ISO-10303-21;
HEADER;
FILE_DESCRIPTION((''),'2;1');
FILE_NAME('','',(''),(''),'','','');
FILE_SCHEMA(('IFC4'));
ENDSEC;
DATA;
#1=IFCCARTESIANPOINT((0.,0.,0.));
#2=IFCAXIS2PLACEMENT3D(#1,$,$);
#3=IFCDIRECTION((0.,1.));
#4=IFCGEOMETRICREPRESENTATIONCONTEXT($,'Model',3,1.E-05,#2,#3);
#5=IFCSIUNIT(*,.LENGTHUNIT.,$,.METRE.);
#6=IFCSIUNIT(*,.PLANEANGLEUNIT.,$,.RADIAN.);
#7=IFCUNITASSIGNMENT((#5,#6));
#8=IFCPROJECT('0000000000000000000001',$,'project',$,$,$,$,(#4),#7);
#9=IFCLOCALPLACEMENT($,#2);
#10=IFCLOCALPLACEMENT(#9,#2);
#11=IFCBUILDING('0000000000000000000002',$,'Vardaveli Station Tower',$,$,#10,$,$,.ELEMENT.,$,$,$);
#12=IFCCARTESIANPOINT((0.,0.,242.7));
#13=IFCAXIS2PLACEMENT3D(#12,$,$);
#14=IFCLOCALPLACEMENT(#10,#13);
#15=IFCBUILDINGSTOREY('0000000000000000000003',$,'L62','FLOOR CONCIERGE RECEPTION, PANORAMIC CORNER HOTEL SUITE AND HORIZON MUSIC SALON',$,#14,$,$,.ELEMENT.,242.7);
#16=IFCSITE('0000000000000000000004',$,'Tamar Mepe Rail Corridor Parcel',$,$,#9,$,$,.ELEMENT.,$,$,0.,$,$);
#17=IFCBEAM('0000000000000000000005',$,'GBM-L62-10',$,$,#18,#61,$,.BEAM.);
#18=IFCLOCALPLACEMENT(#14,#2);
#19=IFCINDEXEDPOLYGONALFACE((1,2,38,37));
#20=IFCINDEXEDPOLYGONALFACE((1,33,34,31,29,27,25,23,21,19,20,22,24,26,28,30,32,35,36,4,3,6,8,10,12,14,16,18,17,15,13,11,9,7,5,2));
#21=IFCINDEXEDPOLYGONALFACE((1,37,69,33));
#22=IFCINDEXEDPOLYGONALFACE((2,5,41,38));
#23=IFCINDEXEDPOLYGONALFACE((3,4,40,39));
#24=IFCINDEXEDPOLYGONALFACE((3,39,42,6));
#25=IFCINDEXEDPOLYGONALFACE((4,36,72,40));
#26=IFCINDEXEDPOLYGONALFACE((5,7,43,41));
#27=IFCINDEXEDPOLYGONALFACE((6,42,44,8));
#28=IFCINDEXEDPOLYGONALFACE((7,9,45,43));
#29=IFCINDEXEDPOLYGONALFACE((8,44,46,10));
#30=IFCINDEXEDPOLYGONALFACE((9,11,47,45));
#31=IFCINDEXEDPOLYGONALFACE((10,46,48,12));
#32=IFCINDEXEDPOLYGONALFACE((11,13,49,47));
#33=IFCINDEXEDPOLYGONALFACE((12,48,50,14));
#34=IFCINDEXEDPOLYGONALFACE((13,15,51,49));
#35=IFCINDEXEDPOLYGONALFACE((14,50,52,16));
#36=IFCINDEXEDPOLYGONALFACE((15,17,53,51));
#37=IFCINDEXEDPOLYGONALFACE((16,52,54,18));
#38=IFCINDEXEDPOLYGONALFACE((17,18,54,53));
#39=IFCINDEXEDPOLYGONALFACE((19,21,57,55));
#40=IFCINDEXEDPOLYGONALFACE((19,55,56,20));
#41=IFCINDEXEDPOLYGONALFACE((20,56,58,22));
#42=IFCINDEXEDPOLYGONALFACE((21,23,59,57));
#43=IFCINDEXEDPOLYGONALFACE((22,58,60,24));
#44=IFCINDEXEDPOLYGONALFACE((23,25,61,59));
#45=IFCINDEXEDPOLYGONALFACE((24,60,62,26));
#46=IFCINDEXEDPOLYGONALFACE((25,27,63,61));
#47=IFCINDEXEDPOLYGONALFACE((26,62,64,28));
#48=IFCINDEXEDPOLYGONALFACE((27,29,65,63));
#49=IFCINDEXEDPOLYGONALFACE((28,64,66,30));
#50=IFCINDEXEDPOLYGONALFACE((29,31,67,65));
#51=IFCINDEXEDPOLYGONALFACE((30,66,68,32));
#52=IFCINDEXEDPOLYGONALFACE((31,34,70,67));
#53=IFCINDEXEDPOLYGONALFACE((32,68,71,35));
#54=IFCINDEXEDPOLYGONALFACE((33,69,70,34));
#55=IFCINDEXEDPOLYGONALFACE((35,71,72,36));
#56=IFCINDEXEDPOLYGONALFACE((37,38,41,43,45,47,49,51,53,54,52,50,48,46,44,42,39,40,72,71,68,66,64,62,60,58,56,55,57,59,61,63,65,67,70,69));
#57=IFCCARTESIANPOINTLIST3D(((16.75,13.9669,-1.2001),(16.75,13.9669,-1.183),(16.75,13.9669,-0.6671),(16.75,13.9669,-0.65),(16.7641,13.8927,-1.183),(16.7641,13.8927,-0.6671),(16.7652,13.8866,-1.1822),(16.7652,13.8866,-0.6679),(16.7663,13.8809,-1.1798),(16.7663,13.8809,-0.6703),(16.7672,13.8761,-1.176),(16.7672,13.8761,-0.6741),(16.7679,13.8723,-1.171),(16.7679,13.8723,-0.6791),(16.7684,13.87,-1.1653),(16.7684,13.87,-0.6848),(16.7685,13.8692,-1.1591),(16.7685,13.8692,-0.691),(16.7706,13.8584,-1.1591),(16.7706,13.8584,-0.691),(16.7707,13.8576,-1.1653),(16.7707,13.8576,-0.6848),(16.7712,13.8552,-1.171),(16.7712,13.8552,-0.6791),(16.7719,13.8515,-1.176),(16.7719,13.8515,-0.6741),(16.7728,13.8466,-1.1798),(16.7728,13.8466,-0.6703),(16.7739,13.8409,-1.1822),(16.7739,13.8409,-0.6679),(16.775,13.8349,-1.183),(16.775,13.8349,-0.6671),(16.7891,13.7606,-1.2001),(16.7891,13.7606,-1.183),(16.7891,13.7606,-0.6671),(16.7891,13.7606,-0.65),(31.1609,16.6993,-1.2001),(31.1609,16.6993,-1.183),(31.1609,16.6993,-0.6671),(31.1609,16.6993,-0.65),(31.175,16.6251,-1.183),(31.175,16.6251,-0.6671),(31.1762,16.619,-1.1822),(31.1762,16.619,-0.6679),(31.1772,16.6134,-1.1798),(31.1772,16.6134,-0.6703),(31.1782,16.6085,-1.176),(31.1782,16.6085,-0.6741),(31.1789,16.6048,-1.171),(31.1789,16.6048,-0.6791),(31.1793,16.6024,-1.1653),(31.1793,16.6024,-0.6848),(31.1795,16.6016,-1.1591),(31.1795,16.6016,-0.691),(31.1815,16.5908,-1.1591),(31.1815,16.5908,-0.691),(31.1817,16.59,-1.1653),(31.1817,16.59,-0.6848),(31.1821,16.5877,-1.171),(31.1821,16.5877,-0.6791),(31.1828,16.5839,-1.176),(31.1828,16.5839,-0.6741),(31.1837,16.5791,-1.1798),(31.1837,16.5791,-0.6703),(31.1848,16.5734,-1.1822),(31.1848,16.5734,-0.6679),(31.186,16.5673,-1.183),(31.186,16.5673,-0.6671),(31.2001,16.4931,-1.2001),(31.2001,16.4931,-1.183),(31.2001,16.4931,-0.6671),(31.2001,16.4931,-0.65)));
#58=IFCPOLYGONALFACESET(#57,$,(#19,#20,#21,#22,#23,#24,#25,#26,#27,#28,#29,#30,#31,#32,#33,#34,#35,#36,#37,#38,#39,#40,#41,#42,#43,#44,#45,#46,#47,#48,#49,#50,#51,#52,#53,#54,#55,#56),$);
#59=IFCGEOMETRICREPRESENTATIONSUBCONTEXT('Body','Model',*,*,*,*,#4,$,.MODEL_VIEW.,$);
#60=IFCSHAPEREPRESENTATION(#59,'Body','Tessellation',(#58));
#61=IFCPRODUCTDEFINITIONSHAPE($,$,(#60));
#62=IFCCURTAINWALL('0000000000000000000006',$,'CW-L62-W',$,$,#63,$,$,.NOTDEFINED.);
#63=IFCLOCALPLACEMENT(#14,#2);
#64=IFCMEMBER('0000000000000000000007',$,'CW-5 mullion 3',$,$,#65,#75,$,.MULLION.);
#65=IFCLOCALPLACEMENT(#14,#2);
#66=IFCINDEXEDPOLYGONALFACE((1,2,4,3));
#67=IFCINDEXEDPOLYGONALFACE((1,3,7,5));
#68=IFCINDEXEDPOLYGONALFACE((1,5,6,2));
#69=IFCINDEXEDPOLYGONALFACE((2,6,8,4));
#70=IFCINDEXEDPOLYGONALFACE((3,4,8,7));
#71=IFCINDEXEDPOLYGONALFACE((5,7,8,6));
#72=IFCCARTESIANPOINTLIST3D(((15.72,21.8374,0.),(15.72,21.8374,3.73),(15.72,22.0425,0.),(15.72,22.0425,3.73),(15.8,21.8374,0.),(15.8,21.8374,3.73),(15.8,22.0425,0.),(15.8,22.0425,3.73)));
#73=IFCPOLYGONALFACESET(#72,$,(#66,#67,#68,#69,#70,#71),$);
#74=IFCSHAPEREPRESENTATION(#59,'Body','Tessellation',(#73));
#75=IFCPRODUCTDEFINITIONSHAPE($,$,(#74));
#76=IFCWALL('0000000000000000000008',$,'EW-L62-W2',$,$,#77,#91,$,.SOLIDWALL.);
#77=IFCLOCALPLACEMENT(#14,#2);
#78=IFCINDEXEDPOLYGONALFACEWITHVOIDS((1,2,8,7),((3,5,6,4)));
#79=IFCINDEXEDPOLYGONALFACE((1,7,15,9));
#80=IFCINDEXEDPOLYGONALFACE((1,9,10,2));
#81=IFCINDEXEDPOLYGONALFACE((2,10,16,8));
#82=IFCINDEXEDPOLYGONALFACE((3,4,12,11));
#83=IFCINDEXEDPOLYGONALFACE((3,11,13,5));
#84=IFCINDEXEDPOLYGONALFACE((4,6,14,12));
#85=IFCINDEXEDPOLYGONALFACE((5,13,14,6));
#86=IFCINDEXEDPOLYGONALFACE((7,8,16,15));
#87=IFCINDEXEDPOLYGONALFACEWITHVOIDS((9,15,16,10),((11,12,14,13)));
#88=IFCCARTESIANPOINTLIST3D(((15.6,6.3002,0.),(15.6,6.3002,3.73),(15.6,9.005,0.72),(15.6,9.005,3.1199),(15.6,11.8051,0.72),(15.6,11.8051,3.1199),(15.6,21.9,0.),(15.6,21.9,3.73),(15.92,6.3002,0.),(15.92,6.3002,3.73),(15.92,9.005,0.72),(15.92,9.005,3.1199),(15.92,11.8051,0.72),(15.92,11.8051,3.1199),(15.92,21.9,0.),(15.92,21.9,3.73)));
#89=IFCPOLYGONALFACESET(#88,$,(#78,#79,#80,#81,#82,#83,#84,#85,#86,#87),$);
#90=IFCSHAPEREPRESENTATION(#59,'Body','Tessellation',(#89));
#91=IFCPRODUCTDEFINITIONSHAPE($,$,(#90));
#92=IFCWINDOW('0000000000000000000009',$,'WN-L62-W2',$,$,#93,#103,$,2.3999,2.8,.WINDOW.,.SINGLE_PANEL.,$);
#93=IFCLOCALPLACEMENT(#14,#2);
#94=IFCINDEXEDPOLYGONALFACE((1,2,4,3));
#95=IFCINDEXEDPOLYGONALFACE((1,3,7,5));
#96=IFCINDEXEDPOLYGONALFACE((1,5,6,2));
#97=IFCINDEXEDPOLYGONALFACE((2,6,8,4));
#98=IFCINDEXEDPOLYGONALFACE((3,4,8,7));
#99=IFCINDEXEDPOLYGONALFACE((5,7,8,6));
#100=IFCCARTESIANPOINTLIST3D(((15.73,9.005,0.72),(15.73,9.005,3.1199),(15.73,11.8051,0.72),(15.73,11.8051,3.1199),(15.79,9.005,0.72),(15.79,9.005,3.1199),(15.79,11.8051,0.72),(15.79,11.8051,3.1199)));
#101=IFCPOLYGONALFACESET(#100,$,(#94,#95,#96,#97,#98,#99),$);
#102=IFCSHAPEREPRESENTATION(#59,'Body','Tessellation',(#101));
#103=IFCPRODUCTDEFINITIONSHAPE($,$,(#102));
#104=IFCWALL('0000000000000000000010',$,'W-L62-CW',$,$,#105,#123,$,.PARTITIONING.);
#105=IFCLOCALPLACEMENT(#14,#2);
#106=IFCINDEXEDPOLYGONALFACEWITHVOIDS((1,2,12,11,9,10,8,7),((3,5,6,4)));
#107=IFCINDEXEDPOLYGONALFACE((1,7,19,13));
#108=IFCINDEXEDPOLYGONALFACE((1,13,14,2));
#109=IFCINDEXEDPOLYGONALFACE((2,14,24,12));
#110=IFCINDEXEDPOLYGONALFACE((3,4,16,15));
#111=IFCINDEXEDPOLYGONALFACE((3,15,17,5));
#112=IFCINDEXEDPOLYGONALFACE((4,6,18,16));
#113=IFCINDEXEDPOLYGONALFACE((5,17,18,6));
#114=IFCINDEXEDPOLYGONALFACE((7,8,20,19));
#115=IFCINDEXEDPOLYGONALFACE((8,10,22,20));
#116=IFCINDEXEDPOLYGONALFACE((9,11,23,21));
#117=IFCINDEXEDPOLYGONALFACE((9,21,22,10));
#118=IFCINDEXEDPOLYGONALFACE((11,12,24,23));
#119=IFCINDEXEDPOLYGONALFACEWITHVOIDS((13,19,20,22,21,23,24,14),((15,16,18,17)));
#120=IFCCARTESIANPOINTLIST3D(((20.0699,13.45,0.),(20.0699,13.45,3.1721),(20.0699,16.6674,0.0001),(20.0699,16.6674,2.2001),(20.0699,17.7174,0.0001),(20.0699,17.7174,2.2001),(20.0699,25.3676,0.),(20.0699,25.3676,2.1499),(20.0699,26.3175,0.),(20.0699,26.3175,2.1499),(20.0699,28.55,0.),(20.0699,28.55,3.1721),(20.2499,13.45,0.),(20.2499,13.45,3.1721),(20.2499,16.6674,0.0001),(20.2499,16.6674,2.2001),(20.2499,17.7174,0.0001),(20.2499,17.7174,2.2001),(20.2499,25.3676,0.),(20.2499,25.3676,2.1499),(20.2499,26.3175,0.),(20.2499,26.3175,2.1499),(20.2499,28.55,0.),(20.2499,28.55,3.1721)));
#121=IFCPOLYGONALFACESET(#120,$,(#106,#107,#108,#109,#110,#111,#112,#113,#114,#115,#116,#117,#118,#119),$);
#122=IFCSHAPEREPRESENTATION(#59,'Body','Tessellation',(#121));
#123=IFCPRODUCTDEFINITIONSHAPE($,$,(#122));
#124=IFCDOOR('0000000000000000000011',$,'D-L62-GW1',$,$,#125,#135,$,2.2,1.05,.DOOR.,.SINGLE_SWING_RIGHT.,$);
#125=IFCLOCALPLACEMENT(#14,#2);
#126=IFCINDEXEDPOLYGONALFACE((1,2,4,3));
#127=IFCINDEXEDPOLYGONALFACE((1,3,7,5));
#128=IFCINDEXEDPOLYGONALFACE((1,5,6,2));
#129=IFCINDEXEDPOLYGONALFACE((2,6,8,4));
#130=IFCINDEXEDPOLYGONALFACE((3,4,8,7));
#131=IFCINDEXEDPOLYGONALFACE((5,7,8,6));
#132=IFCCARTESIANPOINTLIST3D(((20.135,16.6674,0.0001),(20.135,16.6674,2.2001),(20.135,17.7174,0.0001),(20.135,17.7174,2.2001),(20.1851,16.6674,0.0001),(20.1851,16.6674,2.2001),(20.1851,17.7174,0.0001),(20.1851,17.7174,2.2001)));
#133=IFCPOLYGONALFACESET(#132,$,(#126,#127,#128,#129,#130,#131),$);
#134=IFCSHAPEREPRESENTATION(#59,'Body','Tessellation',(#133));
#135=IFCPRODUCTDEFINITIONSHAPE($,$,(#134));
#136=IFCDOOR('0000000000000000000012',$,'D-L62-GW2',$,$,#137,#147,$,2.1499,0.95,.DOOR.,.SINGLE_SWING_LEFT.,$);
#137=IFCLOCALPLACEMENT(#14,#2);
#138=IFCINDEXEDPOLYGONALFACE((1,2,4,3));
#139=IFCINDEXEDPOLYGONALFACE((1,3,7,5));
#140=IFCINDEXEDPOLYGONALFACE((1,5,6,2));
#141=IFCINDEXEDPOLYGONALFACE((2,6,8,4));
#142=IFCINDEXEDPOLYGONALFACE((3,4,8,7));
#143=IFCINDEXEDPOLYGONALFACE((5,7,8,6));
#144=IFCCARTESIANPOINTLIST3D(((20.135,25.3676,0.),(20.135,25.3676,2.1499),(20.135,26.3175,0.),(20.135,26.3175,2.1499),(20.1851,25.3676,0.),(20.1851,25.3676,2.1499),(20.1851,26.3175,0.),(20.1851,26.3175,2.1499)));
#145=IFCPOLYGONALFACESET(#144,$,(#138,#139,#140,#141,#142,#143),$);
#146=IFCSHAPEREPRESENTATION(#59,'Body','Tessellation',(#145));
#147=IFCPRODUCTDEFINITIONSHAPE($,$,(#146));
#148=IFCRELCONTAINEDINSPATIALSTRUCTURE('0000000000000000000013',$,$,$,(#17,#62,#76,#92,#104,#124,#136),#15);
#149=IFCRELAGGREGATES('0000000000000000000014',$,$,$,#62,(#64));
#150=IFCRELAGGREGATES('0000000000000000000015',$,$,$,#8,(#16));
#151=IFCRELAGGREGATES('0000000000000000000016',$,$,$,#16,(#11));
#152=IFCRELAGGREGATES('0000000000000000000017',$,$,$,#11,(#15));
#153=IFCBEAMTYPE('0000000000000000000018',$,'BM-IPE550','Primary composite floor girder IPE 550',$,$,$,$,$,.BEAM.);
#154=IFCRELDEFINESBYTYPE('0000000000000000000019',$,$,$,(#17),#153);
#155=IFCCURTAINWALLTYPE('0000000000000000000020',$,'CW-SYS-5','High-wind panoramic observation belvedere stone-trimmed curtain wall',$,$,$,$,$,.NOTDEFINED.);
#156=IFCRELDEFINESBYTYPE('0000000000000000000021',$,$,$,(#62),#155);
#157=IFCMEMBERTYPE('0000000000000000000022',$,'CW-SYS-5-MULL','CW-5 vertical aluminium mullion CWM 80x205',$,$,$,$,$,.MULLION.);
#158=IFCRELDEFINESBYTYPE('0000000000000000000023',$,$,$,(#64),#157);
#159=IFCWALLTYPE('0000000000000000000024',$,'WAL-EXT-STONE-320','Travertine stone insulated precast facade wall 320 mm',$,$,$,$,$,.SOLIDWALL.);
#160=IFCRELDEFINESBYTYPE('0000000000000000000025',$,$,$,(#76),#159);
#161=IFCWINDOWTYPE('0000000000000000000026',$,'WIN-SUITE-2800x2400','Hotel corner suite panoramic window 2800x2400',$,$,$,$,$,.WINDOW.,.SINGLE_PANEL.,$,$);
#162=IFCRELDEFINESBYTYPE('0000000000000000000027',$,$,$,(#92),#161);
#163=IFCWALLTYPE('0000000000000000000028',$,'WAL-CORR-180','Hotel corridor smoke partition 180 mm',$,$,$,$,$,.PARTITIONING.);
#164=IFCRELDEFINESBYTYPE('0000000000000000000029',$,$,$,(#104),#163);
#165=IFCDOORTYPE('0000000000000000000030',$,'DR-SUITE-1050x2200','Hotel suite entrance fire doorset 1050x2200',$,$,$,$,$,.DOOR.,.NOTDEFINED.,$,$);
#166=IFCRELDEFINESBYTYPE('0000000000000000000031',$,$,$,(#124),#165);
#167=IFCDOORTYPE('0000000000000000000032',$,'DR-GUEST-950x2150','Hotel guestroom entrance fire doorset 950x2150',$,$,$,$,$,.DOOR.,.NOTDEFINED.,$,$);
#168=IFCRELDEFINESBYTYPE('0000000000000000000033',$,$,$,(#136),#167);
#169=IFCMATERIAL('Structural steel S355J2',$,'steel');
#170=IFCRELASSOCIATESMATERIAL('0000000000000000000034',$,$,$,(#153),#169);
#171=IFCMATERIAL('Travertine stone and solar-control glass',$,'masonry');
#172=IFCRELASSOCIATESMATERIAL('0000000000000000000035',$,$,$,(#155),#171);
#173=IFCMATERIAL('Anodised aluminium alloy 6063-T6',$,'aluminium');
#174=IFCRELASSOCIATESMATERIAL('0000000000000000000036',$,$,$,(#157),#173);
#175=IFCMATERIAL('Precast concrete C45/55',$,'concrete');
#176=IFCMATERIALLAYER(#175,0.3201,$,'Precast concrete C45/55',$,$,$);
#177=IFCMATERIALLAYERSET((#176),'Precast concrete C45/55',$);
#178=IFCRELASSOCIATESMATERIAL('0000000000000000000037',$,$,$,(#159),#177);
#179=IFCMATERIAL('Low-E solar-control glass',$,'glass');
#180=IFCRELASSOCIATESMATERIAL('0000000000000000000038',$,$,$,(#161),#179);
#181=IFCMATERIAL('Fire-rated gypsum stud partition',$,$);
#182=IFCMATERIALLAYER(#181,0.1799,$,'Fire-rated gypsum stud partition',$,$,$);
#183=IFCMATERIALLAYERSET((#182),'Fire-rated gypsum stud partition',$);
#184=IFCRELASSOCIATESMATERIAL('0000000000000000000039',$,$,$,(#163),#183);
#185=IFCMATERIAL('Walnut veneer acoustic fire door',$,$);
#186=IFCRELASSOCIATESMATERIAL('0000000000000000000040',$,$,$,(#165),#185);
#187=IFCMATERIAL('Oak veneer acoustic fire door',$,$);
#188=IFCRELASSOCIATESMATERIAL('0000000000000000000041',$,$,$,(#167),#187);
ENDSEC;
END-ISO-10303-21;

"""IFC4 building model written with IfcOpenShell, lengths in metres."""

from ifc_helpers import new_model, si_unit, direction, frame, frame_2d, origin, origin_2d, place, context, subcontext, project, spatial, rectangle, i_section, extrude, source, transform, mapped, material, layer, layer_set, material_profile, profile_set, type_object, element, fill, aggregate, save


model = new_model("IFC4")

# Units and contexts
model_context = context("Model", 3, precision=1e-05, world=origin(), true_north=direction((0.0, 1.0)))
body_context = subcontext(model_context, "Body", "Model", "MODEL_VIEW")
ifc_project = project(units=[si_unit("LENGTHUNIT", "METRE"), si_unit("PLANEANGLEUNIT", "RADIAN")], contexts=[model_context])

# Site, building, storey
site_placement = place(None, origin())
site = spatial("IfcSite", under=ifc_project, at=site_placement, Name="Tamar Mepe Rail Corridor Parcel", CompositionType="ELEMENT", RefElevation=0.0)
building_placement = place(site_placement, origin())
building = spatial("IfcBuilding", under=site, at=building_placement, Name="Vardaveli Station Tower", CompositionType="ELEMENT")
storey_placement = place(building_placement, frame((0.0, 0.0, 242.7)))
storey = spatial("IfcBuildingStorey", under=building, at=storey_placement, Name="L62", Description="FLOOR CONCIERGE RECEPTION, PANORAMIC CORNER HOTEL SUITE AND HORIZON MUSIC SALON", CompositionType="ELEMENT", Elevation=242.7)

# Beam
ifc_material_1 = material(Name="Structural steel S355J2", Category="steel")
ifc_material_profile_1 = material_profile(ifc_material_1, i_section(OverallWidth=0.21, OverallDepth=0.55, WebThickness=0.011, FlangeThickness=0.0171, FilletRadius=0.0239, at=origin_2d()), Name="IPE 550")
ifc_profile_set_1 = profile_set([ifc_material_profile_1], Name="Structural steel S355J2")
beam_type_1 = type_object("IfcBeamType", Name="BM-IPE550", Description="Primary composite floor girder IPE 550", PredefinedType="BEAM", material=ifc_profile_set_1)
shared_shape_1 = source(origin(), body_context, "Body", "SweptSolid", [
    extrude(i_section(OverallWidth=0.21, OverallDepth=0.55, WebThickness=0.011, FlangeThickness=0.0171, FilletRadius=0.0239, at=origin_2d()), origin(), (0.0, 0.0, 1.0), 14.6677),
])
beam_1_placement = place(storey_placement, frame((16.7695, 13.8638, -0.925), z_axis=(0.982495, 0.186289, 0.0), x_axis=(-0.186289, 0.982495, 0.0)))
element("IfcBeam", 1, at=beam_1_placement, inside=storey, type_object=beam_type_1, Name="GBM-L62-10", PredefinedType="BEAM", context=body_context, shape_type="MappedRepresentation", body=[
    mapped(shared_shape_1, transform((0.0, 0.0, 0.0), scale=1.0)),
])

# Curtain wall, member
ifc_material_2 = material(Name="Travertine stone and solar-control glass", Category="masonry")
curtain_wall_type = type_object("IfcCurtainWallType", Name="CW-SYS-5", Description="High-wind panoramic observation belvedere stone-trimmed curtain wall", PredefinedType="NOTDEFINED", material=ifc_material_2)
curtain_wall_placement = place(storey_placement, origin())
curtain_wall = element("IfcCurtainWall", 2, at=curtain_wall_placement, inside=storey, type_object=curtain_wall_type, Name="CW-L62-W", PredefinedType="NOTDEFINED")
ifc_material_3 = material(Name="Anodised aluminium alloy 6063-T6", Category="aluminium")
ifc_material_profile_2 = material_profile(ifc_material_3, rectangle(XDim=0.0801, YDim=0.2051, at=origin_2d()), Name="CWM 80x205")
ifc_profile_set_2 = profile_set([ifc_material_profile_2], Name="Anodised aluminium alloy 6063-T6")
member_type = type_object("IfcMemberType", Name="CW-SYS-5-MULL", Description="CW-5 vertical aluminium mullion CWM 80x205", PredefinedType="MULLION", material=ifc_profile_set_2)
shared_shape_2 = source(origin(), body_context, "Body", "SweptSolid", [
    extrude(rectangle(XDim=0.0801, YDim=0.2051, at=origin_2d()), origin(), (0.0, 0.0, 1.0), 3.73),
])
member_placement = place(storey_placement, frame((15.76, 21.9399, 0.0), z_axis=(0.0, 0.0, 1.0), x_axis=(1.0, 0.0, 0.0)))
member = element("IfcMember", 3, at=member_placement, type_object=member_type, Name="CW-5 mullion 3", PredefinedType="MULLION", context=body_context, shape_type="MappedRepresentation", body=[
    mapped(shared_shape_2, transform((0.0, 0.0, 0.0), scale=1.0)),
])
aggregate(curtain_wall, [member])

# Wall, opening, window
ifc_material_4 = material(Name="Precast concrete C45/55", Category="concrete")
ifc_layer_1 = layer(ifc_material_4, 0.3201, Name="Precast concrete C45/55")
ifc_layer_set_1 = layer_set([ifc_layer_1], Name="Precast concrete C45/55")
wall_type_1 = type_object("IfcWallType", Name="WAL-EXT-STONE-320", Description="Travertine stone insulated precast facade wall 320 mm", PredefinedType="SOLIDWALL", material=ifc_layer_set_1)
shared_shape_3 = source(origin(), body_context, "Body", "SweptSolid", [
    extrude(rectangle(XDim=15.5999, YDim=0.3201, at=frame_2d((7.7998, 0.0))), origin(), (0.0, 0.0, 1.0), 3.73),
])
wall_1_placement = place(storey_placement, frame((15.76, 21.8999, 0.0), z_axis=(0.0, 0.0, 1.0), x_axis=(0.0, -1.0, 0.0)))
wall_1 = element("IfcWall", 4, at=wall_1_placement, inside=storey, type_object=wall_type_1, Name="EW-L62-W2", PredefinedType="SOLIDWALL", context=body_context, shape_type="MappedRepresentation", body=[
    mapped(shared_shape_3, transform((0.0, 0.0, 0.0), scale=1.0)),
])
shared_shape_4 = source(origin(), body_context, "Body", "SweptSolid", [
    extrude(rectangle(XDim=2.8, YDim=2.3999, at=frame_2d((1.3999, 1.2))), frame((0.0, 0.1699, 0.0), z_axis=(0.0, -1.0, 0.0), x_axis=(1.0, 0.0, 0.0)), (0.0, 0.0, 1.0), 0.3401),
])
opening_1_placement = place(wall_1_placement, frame((10.095, 0.0, 0.72)))
opening_1 = element("IfcOpeningElement", 5, at=opening_1_placement, cuts=wall_1, PredefinedType="OPENING", context=body_context, shape_type="MappedRepresentation", body=[
    mapped(shared_shape_4, transform((0.0, 0.0, 0.0), scale=1.0)),
])
ifc_material_5 = material(Name="Low-E solar-control glass", Category="glass")
window_type = type_object("IfcWindowType", Name="WIN-SUITE-2800x2400", Description="Hotel corner suite panoramic window 2800x2400", PartitioningType="SINGLE_PANEL", PredefinedType="WINDOW", material=ifc_material_5)
shared_shape_5 = source(origin(), body_context, "Body", "SweptSolid", [
    extrude(rectangle(XDim=2.8, YDim=2.3999, at=frame_2d((1.3999, 1.2))), frame((0.0, 0.03, 0.0), z_axis=(0.0, -1.0, 0.0), x_axis=(1.0, 0.0, 0.0)), (0.0, 0.0, 1.0), 0.0601),
])
window_placement = place(opening_1_placement, origin())
window = element("IfcWindow", 6, at=window_placement, inside=storey, type_object=window_type, Name="WN-L62-W2", OverallHeight=2.3999, OverallWidth=2.8, PartitioningType="SINGLE_PANEL", PredefinedType="WINDOW", context=body_context, shape_type="MappedRepresentation", body=[
    mapped(shared_shape_5, transform((0.0, 0.0, 0.0), scale=1.0)),
])
fill(opening_1, window)

# Wall, openings, doors
ifc_material_6 = material(Name="Fire-rated gypsum stud partition")
ifc_layer_2 = layer(ifc_material_6, 0.1799, Name="Fire-rated gypsum stud partition")
ifc_layer_set_2 = layer_set([ifc_layer_2], Name="Fire-rated gypsum stud partition")
wall_type_2 = type_object("IfcWallType", Name="WAL-CORR-180", Description="Hotel corridor smoke partition 180 mm", PredefinedType="PARTITIONING", material=ifc_layer_set_2)
shared_shape_6 = source(origin(), body_context, "Body", "SweptSolid", [
    extrude(rectangle(XDim=15.1001, YDim=0.1799, at=frame_2d((7.55, 0.0))), origin(), (0.0, 0.0, 1.0), 3.1721),
])
wall_2_placement = place(storey_placement, frame((20.1599, 13.45, 0.0), z_axis=(0.0, 0.0, 1.0), x_axis=(0.0, 1.0, 0.0)))
wall_2 = element("IfcWall", 7, at=wall_2_placement, inside=storey, type_object=wall_type_2, Name="W-L62-CW", PredefinedType="PARTITIONING", context=body_context, shape_type="MappedRepresentation", body=[
    mapped(shared_shape_6, transform((0.0, 0.0, 0.0), scale=1.0)),
])
shared_shape_7 = source(origin(), body_context, "Body", "SweptSolid", [
    extrude(rectangle(XDim=1.05, YDim=2.2, at=frame_2d((0.5249, 1.1001))), frame((0.0, 0.1001, 0.0), z_axis=(0.0, -1.0, 0.0), x_axis=(1.0, 0.0, 0.0)), (0.0, 0.0, 1.0), 0.2),
])
opening_2_placement = place(wall_2_placement, frame((3.2175, 0.0, 0.0)))
opening_2 = element("IfcOpeningElement", 8, at=opening_2_placement, cuts=wall_2, PredefinedType="OPENING", context=body_context, shape_type="MappedRepresentation", body=[
    mapped(shared_shape_7, transform((0.0, 0.0, 0.0), scale=1.0)),
])
shared_shape_8 = source(origin(), body_context, "Body", "SweptSolid", [
    extrude(rectangle(XDim=0.95, YDim=2.1499, at=frame_2d((0.4751, 1.075))), frame((0.0, 0.1001, 0.0), z_axis=(0.0, -1.0, 0.0), x_axis=(1.0, 0.0, 0.0)), (0.0, 0.0, 1.0), 0.2),
])
opening_3_placement = place(wall_2_placement, frame((11.9175, 0.0, 0.0)))
opening_3 = element("IfcOpeningElement", 9, at=opening_3_placement, cuts=wall_2, PredefinedType="OPENING", context=body_context, shape_type="MappedRepresentation", body=[
    mapped(shared_shape_8, transform((0.0, 0.0, 0.0), scale=1.0)),
])
ifc_material_7 = material(Name="Walnut veneer acoustic fire door")
door_type_1 = type_object("IfcDoorType", Name="DR-SUITE-1050x2200", Description="Hotel suite entrance fire doorset 1050x2200", OperationType="NOTDEFINED", PredefinedType="DOOR", material=ifc_material_7)
shared_shape_9 = source(origin(), body_context, "Body", "SweptSolid", [
    extrude(rectangle(XDim=1.05, YDim=2.2, at=frame_2d((0.5249, 1.1001))), frame((0.0, 0.0249, 0.0), z_axis=(0.0, -1.0, 0.0), x_axis=(1.0, 0.0, 0.0)), (0.0, 0.0, 1.0), 0.05),
])
door_1_placement = place(opening_2_placement, origin())
door_1 = element("IfcDoor", 10, at=door_1_placement, inside=storey, type_object=door_type_1, Name="D-L62-GW1", OperationType="SINGLE_SWING_RIGHT", OverallHeight=2.2, OverallWidth=1.05, PredefinedType="DOOR", context=body_context, shape_type="MappedRepresentation", body=[
    mapped(shared_shape_9, transform((0.0, 0.0, 0.0), scale=1.0)),
])
fill(opening_2, door_1)
ifc_material_8 = material(Name="Oak veneer acoustic fire door")
door_type_2 = type_object("IfcDoorType", Name="DR-GUEST-950x2150", Description="Hotel guestroom entrance fire doorset 950x2150", OperationType="NOTDEFINED", PredefinedType="DOOR", material=ifc_material_8)
shared_shape_10 = source(origin(), body_context, "Body", "SweptSolid", [
    extrude(rectangle(XDim=0.95, YDim=2.1499, at=frame_2d((0.4751, 1.075))), frame((0.0, 0.0249, 0.0), z_axis=(0.0, -1.0, 0.0), x_axis=(1.0, 0.0, 0.0)), (0.0, 0.0, 1.0), 0.05),
])
door_2_placement = place(opening_3_placement, origin())
door_2 = element("IfcDoor", 11, at=door_2_placement, inside=storey, type_object=door_type_2, Name="D-L62-GW2", OperationType="SINGLE_SWING_LEFT", OverallHeight=2.1499, OverallWidth=0.95, PredefinedType="DOOR", context=body_context, shape_type="MappedRepresentation", body=[
    mapped(shared_shape_10, transform((0.0, 0.0, 0.0), scale=1.0)),
])
fill(opening_3, door_2)

save(model, "model.ifc")
